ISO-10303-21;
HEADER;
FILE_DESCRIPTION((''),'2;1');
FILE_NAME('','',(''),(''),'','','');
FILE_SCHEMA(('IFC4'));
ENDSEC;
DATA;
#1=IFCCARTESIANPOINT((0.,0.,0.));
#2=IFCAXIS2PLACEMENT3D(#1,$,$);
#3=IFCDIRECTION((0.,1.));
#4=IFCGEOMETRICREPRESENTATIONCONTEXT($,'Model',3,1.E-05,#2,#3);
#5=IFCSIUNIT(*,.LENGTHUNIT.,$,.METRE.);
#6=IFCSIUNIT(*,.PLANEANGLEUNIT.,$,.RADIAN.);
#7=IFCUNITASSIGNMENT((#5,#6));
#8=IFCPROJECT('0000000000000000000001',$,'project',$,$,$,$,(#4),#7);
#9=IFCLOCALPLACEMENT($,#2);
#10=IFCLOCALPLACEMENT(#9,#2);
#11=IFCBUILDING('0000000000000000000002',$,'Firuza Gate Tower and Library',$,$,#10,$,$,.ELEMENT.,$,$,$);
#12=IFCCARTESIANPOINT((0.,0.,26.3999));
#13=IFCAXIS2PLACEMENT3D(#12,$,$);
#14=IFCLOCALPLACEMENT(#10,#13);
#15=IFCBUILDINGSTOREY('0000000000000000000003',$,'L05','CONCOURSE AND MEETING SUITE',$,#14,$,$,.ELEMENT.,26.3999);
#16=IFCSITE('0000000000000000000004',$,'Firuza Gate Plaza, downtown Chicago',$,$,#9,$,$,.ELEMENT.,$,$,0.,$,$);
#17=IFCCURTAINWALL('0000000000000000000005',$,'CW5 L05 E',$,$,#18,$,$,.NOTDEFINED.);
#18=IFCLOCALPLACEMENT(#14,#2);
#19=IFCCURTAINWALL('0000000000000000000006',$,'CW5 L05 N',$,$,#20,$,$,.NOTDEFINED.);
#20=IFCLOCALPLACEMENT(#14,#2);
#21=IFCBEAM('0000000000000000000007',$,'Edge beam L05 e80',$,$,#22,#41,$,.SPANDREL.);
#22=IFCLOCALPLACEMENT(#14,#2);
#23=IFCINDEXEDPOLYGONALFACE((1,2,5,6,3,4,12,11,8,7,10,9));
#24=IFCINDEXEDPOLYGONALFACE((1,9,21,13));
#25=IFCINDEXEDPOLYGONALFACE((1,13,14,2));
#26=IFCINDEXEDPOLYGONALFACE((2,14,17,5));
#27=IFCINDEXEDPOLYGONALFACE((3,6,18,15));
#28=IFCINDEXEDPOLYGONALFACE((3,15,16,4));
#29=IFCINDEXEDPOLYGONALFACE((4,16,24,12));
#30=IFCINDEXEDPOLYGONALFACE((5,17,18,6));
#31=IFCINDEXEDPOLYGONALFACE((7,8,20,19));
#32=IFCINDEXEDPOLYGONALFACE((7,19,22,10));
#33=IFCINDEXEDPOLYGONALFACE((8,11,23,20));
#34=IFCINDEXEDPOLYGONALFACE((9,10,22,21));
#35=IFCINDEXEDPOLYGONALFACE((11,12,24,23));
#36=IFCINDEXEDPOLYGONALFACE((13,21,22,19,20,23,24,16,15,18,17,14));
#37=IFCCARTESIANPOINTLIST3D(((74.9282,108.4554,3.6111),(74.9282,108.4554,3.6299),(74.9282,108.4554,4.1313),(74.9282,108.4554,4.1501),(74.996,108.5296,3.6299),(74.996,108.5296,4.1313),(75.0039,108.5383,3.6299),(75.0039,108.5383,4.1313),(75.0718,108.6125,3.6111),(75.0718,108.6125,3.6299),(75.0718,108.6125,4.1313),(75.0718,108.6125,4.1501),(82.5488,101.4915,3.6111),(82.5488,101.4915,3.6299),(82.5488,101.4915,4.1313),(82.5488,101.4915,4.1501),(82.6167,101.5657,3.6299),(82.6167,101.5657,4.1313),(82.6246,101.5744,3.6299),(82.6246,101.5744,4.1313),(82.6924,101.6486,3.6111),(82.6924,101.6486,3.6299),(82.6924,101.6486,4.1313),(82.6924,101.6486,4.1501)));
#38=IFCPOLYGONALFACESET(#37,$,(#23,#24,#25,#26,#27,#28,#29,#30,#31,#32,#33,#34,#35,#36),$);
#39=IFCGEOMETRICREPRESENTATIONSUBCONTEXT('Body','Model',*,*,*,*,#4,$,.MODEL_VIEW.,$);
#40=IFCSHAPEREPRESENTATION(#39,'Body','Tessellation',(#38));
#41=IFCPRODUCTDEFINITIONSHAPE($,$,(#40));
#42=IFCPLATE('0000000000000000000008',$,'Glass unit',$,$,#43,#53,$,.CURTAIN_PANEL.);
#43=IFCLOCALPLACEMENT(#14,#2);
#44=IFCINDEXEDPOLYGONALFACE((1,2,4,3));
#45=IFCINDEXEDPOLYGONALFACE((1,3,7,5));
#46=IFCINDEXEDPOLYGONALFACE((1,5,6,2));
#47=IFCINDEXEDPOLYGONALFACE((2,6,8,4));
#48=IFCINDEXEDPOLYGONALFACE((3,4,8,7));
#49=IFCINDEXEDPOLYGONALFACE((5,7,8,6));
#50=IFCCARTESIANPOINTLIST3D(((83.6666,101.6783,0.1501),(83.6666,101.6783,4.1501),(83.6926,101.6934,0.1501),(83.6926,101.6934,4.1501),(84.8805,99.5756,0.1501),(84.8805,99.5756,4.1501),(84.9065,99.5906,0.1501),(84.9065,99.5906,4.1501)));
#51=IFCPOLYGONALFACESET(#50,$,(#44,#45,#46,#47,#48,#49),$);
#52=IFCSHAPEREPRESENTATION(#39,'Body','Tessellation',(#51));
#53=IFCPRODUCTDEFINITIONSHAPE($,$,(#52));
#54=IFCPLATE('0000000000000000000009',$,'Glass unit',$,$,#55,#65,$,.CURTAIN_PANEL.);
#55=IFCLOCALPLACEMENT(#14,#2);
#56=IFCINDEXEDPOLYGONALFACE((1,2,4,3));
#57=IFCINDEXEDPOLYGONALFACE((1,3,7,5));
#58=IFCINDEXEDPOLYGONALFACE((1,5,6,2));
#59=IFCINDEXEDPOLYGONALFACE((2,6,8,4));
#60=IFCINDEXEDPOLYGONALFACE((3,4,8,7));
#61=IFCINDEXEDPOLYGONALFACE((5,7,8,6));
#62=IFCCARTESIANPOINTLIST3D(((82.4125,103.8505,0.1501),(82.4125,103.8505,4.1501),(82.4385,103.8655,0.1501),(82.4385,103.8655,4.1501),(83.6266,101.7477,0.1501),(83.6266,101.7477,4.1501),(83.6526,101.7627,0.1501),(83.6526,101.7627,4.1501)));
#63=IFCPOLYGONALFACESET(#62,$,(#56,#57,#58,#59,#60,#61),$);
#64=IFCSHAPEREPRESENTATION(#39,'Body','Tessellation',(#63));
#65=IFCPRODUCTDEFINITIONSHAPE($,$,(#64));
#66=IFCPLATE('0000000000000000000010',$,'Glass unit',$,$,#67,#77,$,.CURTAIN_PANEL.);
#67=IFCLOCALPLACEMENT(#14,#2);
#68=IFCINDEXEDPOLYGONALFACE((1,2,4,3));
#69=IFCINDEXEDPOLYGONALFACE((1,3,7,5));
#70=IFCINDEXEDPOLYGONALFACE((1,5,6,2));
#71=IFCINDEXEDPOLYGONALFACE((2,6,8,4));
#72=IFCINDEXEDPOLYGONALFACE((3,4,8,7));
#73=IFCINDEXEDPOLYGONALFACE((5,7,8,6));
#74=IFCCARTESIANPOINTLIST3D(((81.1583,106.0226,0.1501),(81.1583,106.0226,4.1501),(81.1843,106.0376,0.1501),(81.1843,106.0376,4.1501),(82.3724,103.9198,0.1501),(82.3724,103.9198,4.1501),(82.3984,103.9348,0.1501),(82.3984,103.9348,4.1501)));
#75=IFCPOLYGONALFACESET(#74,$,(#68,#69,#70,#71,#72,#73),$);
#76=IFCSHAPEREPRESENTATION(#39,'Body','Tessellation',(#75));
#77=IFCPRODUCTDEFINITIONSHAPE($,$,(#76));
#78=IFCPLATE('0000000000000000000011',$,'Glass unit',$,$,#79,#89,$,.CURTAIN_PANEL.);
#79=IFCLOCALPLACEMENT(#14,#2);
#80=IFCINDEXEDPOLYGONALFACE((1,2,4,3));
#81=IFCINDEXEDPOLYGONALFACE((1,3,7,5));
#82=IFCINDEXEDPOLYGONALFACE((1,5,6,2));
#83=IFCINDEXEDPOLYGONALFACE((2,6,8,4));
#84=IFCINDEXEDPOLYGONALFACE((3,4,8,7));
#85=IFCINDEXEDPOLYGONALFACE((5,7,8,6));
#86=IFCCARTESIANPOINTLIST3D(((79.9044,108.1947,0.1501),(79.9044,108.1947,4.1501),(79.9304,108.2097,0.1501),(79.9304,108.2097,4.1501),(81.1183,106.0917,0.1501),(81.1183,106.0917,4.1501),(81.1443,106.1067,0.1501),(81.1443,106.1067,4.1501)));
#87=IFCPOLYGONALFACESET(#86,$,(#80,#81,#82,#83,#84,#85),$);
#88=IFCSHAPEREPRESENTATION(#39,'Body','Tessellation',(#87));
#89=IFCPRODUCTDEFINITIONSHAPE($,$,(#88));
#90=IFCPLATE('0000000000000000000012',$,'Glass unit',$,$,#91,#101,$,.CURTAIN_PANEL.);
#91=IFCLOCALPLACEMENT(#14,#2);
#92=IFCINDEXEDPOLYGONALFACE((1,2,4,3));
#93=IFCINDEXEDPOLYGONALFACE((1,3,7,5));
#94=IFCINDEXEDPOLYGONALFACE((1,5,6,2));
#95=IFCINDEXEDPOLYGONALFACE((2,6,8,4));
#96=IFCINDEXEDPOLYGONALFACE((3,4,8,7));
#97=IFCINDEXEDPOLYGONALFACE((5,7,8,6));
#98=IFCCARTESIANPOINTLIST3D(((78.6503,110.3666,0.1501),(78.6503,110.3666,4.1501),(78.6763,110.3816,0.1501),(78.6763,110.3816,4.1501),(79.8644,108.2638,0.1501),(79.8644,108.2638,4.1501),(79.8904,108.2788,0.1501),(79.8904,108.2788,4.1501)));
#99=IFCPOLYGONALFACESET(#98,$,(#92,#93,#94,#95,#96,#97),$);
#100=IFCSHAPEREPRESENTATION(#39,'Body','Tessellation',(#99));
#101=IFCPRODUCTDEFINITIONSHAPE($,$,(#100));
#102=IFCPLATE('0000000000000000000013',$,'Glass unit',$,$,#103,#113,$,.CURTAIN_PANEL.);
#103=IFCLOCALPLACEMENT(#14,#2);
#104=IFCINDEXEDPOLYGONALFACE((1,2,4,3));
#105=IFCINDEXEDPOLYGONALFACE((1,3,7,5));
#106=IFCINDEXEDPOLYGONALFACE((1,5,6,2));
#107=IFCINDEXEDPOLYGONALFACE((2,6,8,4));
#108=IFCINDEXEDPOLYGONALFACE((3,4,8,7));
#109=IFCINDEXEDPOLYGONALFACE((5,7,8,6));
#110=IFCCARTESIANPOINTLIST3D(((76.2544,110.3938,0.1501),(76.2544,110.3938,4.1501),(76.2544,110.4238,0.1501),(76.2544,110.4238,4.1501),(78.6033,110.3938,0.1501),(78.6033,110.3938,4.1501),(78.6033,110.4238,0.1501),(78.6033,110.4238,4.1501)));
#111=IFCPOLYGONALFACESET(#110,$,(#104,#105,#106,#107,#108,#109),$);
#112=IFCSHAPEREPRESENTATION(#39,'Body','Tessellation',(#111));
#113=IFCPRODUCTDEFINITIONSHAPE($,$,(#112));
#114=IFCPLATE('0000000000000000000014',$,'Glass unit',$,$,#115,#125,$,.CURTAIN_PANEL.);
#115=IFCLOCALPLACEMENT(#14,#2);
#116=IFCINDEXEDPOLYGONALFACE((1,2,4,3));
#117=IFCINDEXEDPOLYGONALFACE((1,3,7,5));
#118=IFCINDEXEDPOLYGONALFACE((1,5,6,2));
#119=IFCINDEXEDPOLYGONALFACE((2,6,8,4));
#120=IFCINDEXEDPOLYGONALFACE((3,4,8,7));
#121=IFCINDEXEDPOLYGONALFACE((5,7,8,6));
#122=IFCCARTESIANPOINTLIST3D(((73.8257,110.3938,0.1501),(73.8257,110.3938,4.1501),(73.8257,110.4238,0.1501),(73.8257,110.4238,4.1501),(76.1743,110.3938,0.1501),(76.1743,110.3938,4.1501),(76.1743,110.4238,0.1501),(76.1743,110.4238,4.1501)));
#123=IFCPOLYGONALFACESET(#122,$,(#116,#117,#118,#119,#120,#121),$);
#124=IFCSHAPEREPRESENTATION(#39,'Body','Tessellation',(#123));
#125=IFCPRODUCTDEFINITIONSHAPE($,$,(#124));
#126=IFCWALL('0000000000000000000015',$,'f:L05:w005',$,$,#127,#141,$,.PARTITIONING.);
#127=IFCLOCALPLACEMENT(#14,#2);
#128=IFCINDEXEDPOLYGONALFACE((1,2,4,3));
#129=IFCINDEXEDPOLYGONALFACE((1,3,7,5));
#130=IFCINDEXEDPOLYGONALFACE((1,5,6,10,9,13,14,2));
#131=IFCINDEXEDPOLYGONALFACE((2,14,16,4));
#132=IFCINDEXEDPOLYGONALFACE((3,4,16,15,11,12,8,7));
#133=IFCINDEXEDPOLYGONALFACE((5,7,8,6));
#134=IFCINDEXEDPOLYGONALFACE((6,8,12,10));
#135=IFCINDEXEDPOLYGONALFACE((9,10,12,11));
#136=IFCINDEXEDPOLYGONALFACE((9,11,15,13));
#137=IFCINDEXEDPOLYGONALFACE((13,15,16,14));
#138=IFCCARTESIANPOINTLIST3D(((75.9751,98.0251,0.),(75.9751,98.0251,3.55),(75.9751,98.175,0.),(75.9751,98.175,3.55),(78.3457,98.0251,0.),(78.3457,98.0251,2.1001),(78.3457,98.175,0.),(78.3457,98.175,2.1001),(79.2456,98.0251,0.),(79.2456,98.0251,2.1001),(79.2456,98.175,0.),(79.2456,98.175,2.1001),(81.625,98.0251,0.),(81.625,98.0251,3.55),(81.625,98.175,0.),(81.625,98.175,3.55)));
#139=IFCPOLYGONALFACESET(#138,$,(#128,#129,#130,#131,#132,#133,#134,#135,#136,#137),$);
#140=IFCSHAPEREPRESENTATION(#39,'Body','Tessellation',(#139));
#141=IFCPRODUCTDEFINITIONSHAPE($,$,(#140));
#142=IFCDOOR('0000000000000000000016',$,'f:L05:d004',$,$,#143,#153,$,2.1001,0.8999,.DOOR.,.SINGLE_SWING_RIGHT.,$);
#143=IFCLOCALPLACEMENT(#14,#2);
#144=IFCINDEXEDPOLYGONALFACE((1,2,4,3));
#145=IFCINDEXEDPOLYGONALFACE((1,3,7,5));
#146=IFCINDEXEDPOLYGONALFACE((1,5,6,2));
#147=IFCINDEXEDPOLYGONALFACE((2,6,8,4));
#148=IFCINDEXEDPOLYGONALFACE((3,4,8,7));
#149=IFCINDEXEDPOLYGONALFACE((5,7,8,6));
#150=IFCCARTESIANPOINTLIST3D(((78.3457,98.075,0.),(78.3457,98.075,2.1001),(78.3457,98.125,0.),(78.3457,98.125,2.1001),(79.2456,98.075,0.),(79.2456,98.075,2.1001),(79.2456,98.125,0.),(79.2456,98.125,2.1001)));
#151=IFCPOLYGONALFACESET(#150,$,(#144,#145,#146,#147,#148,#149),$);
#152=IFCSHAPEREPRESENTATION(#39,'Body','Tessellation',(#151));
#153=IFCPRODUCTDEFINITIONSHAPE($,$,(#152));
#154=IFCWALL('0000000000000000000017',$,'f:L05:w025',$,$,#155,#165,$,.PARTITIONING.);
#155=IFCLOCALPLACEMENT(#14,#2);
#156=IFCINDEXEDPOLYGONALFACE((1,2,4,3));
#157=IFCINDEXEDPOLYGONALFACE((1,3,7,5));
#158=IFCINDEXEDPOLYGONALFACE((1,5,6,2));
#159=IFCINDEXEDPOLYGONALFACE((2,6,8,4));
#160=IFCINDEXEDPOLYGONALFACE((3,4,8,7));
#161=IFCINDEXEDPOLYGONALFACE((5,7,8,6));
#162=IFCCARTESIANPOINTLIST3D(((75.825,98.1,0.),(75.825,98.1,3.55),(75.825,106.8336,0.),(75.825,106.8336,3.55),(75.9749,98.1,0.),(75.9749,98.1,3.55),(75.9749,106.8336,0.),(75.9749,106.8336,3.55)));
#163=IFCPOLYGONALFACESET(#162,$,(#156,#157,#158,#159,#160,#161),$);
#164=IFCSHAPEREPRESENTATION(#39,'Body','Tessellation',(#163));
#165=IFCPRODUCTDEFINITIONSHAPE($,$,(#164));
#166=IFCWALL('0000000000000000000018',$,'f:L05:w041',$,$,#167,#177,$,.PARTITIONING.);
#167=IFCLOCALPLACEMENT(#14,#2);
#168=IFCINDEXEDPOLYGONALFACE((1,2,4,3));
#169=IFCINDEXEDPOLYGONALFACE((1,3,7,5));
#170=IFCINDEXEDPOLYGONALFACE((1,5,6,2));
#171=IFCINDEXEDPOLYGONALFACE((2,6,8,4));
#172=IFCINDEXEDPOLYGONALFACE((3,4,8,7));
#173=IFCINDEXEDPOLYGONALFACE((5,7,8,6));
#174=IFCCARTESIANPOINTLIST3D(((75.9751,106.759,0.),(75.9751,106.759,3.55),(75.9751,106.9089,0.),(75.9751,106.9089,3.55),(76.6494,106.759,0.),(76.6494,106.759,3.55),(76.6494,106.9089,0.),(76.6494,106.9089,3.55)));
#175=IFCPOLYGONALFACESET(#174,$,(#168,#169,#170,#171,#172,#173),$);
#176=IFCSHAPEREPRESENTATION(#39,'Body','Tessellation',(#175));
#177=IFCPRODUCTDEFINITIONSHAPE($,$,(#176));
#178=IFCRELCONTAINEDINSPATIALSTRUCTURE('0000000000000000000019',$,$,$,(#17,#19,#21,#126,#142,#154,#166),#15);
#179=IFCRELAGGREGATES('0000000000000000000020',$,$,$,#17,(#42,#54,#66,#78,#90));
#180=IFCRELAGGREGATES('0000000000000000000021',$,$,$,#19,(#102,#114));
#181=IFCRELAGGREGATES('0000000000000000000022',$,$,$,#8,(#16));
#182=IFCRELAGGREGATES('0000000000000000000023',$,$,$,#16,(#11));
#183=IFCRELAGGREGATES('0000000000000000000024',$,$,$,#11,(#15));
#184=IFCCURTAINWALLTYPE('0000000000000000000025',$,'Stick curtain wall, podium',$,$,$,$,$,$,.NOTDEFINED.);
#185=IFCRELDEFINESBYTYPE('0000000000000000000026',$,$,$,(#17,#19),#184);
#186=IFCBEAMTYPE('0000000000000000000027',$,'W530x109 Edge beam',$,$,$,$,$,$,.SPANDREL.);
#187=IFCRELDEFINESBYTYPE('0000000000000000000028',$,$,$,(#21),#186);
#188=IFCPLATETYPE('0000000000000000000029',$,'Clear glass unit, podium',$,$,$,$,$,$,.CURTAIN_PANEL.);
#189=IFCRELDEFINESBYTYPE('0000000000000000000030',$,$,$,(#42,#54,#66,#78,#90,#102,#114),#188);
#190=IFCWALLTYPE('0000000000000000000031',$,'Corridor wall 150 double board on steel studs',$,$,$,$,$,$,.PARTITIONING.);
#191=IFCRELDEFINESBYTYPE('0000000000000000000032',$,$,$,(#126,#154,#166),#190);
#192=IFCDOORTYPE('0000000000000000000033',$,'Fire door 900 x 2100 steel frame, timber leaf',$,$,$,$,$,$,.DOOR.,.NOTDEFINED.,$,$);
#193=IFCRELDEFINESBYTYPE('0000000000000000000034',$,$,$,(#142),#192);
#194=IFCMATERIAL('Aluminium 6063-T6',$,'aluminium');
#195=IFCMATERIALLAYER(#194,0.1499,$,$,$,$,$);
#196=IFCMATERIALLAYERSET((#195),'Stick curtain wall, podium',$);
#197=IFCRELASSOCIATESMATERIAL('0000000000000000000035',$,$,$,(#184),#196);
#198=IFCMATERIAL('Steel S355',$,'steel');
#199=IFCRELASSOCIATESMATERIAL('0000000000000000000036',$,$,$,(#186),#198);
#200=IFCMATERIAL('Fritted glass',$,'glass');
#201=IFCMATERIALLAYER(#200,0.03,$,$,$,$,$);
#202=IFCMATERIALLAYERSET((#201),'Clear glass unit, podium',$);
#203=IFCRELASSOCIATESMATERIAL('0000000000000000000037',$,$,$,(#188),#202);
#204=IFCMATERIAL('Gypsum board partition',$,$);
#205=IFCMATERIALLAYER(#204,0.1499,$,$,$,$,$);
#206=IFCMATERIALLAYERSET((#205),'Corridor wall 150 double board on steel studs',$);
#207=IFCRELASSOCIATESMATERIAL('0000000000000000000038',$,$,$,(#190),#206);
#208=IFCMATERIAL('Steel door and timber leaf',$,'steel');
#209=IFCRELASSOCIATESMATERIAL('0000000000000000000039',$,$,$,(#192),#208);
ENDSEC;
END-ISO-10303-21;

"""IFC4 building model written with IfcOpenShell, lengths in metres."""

from ifc_helpers import new_model, si_unit, direction, frame, frame_2d, origin, origin_2d, place, context, subcontext, project, spatial, polyline, rectangle, i_section, outline, extrude, material, layer, layer_set, material_profile, profile_set, type_object, element, fill, aggregate, save


model = new_model("IFC4")

# Units and contexts
model_context = context("Model", 3, precision=1e-05, world=origin(), true_north=direction((0.0, 1.0)))
body_context = subcontext(model_context, "Body", "Model", "MODEL_VIEW")
ifc_project = project(units=[si_unit("LENGTHUNIT", "METRE"), si_unit("PLANEANGLEUNIT", "RADIAN")], contexts=[model_context])

# Site, building, storey
site_placement = place(None, origin())
site = spatial("IfcSite", under=ifc_project, at=site_placement, Name="Firuza Gate Plaza, downtown Chicago", CompositionType="ELEMENT", RefElevation=0.0)
building_placement = place(site_placement, origin())
building = spatial("IfcBuilding", under=site, at=building_placement, Name="Firuza Gate Tower and Library", CompositionType="ELEMENT")
storey_placement = place(building_placement, frame((0.0, 0.0, 26.3999)))
storey = spatial("IfcBuildingStorey", under=building, at=storey_placement, Name="L05", Description="CONCOURSE AND MEETING SUITE", CompositionType="ELEMENT", Elevation=26.3999)

# Curtain walls
ifc_material_1 = material(Name="Aluminium 6063-T6", Category="aluminium")
ifc_layer_1 = layer(ifc_material_1, 0.1499)
ifc_layer_set_1 = layer_set([ifc_layer_1], Name="Stick curtain wall, podium")
curtain_wall_type = type_object("IfcCurtainWallType", Name="Stick curtain wall, podium", PredefinedType="NOTDEFINED", material=ifc_layer_set_1)
placement = place(storey_placement, origin())
curtain_wall_1 = element("IfcCurtainWall", 1, at=placement, inside=storey, type_object=curtain_wall_type, Name="CW5 L05 E", PredefinedType="NOTDEFINED")
curtain_wall_2 = element("IfcCurtainWall", 2, at=placement, inside=storey, type_object=curtain_wall_type, Name="CW5 L05 N", PredefinedType="NOTDEFINED")

# Beam
ifc_material_2 = material(Name="Steel S355", Category="steel")
ifc_material_profile_1 = material_profile(ifc_material_2, i_section(OverallWidth=0.2129, OverallDepth=0.5391, WebThickness=0.0117, FlangeThickness=0.0188, at=origin_2d()))
ifc_profile_set_1 = profile_set([ifc_material_profile_1], Name="Steel S355")
beam_type_1 = type_object("IfcBeamType", Name="W530x109 Edge beam", PredefinedType="SPANDREL", material=ifc_profile_set_1)
beam_1_placement = place(storey_placement, frame((82.6206, 101.5701, 3.8806), z_axis=(-0.7382, 0.674582, 0.0), x_axis=(-0.674582, -0.7382, 0.0)))
element("IfcBeam", 3, at=beam_1_placement, inside=storey, type_object=beam_type_1, Name="Edge beam L05 e80", PredefinedType="SPANDREL", context=body_context, shape_type="SweptSolid", body=[
    extrude(i_section(OverallWidth=0.2129, OverallDepth=0.5391, WebThickness=0.0117, FlangeThickness=0.0188, at=origin_2d()), origin(), (0.0, 0.0, 1.0), 10.3232),
])

# Plates
ifc_material_3 = material(Name="Fritted glass", Category="glass")
ifc_layer_2 = layer(ifc_material_3, 0.03)
ifc_layer_set_2 = layer_set([ifc_layer_2], Name="Clear glass unit, podium")
plate_type = type_object("IfcPlateType", Name="Clear glass unit, podium", PredefinedType="CURTAIN_PANEL", material=ifc_layer_set_2)
plate_1_placement = place(storey_placement, frame((84.9065, 99.5906, 0.1501), z_axis=(0.866057, 0.499946, 0.0), x_axis=(-0.499946, 0.866057, 0.0)))
plate_1 = element("IfcPlate", 4, at=plate_1_placement, type_object=plate_type, Name="Glass unit", PredefinedType="CURTAIN_PANEL", context=body_context, shape_type="SweptSolid", body=[
    extrude(outline(polyline([(0.0, 0.0), (2.428, 0.0), (2.428, 4.0), (0.0, 4.0), (0.0, 0.0)])), origin(), (0.0, 0.0, -1.0), 0.03),
])
plate_2_placement = place(storey_placement, frame((83.6526, 101.7627, 0.1501), z_axis=(0.866013, 0.500021, 0.0), x_axis=(-0.500021, 0.866013, 0.0)))
plate_2 = element("IfcPlate", 5, at=plate_2_placement, type_object=plate_type, Name="Glass unit", PredefinedType="CURTAIN_PANEL", context=body_context, shape_type="SweptSolid", body=[
    extrude(outline(polyline([(0.0, 0.0), (2.4281, 0.0), (2.4281, 4.0), (0.0, 4.0), (0.0, 0.0)])), origin(), (0.0, 0.0, -1.0), 0.03),
])
plate_3_placement = place(storey_placement, frame((82.3984, 103.9348, 0.1501), z_axis=(0.866013, 0.500021, 0.0), x_axis=(-0.500021, 0.866013, 0.0)))
plate_3 = element("IfcPlate", 6, at=plate_3_placement, type_object=plate_type, Name="Glass unit", PredefinedType="CURTAIN_PANEL", context=body_context, shape_type="SweptSolid", body=[
    extrude(outline(polyline([(0.0, 0.0), (2.4281, 0.0), (2.4281, 4.0), (0.0, 4.0), (0.0, 0.0)])), origin(), (0.0, 0.0, -1.0), 0.03),
])
plate_4_placement = place(storey_placement, frame((81.1443, 106.1067, 0.1501), z_axis=(0.866082, 0.499902, 0.0), x_axis=(-0.499902, 0.866082, 0.0)))
plate_4 = element("IfcPlate", 7, at=plate_4_placement, type_object=plate_type, Name="Glass unit", PredefinedType="CURTAIN_PANEL", context=body_context, shape_type="SweptSolid", body=[
    extrude(outline(polyline([(0.0, 0.0), (2.4282, 0.0), (2.4282, 4.0), (0.0, 4.0), (0.0, 0.0)])), origin(), (0.0, 0.0, -1.0), 0.03),
])
plate_5_placement = place(storey_placement, frame((79.8904, 108.2788, 0.1501), z_axis=(0.866013, 0.500021, 0.0), x_axis=(-0.500021, 0.866013, 0.0)))
plate_5 = element("IfcPlate", 8, at=plate_5_placement, type_object=plate_type, Name="Glass unit", PredefinedType="CURTAIN_PANEL", context=body_context, shape_type="SweptSolid", body=[
    extrude(outline(polyline([(0.0, 0.0), (2.4281, 0.0), (2.4281, 4.0), (0.0, 4.0), (0.0, 0.0)])), origin(), (0.0, 0.0, -1.0), 0.03),
])
aggregate(curtain_wall_1, [plate_1, plate_2, plate_3, plate_4, plate_5])
plate_6_placement = place(storey_placement, frame((78.6033, 110.4238, 0.1501), z_axis=(0.0, 1.0, 0.0), x_axis=(-1.0, 0.0, 0.0)))
plate_6 = element("IfcPlate", 9, at=plate_6_placement, type_object=plate_type, Name="Glass unit", PredefinedType="CURTAIN_PANEL", context=body_context, shape_type="SweptSolid", body=[
    extrude(outline(polyline([(0.0, 0.0), (2.3489, 0.0), (2.3489, 4.0), (0.0, 4.0), (0.0, 0.0)])), origin(), (0.0, 0.0, -1.0), 0.03),
])
plate_7_placement = place(storey_placement, frame((76.1743, 110.4238, 0.1501), z_axis=(0.0, 1.0, 0.0), x_axis=(-1.0, 0.0, 0.0)))
plate_7 = element("IfcPlate", 10, at=plate_7_placement, type_object=plate_type, Name="Glass unit", PredefinedType="CURTAIN_PANEL", context=body_context, shape_type="SweptSolid", body=[
    extrude(outline(polyline([(0.0, 0.0), (2.3486, 0.0), (2.3486, 4.0), (0.0, 4.0), (0.0, 0.0)])), origin(), (0.0, 0.0, -1.0), 0.03),
])
aggregate(curtain_wall_2, [plate_6, plate_7])

# Wall, opening, door
ifc_material_4 = material(Name="Gypsum board partition")
ifc_layer_3 = layer(ifc_material_4, 0.1499)
ifc_layer_set_3 = layer_set([ifc_layer_3], Name="Corridor wall 150 double board on steel studs")
wall_type_1 = type_object("IfcWallType", Name="Corridor wall 150 double board on steel studs", PredefinedType="PARTITIONING", material=ifc_layer_set_3)
wall_1_placement = place(storey_placement, frame((75.9751, 98.1001, 0.0), z_axis=(0.0, 0.0, 1.0), x_axis=(1.0, 0.0, 0.0)))
wall_1 = element("IfcWall", 11, at=wall_1_placement, inside=storey, type_object=wall_type_1, Name="f:L05:w005", PredefinedType="PARTITIONING", context=body_context, shape_type="SweptSolid", body=[
    extrude(rectangle(XDim=5.6499, YDim=0.1499, at=frame_2d((2.825, 0.0))), origin(), (0.0, 0.0, 1.0), 3.55),
])
opening_1_placement = place(wall_1_placement, frame((2.3706, 0.0, 0.0)))
opening_1 = element("IfcOpeningElement", 12, at=opening_1_placement, cuts=wall_1, PredefinedType="OPENING", context=body_context, shape_type="SweptSolid", body=[
    extrude(rectangle(XDim=0.8999, YDim=2.1001, at=frame_2d((0.45, 1.05))), frame((0.0, 0.085, 0.0), z_axis=(0.0, -1.0, 0.0), x_axis=(1.0, 0.0, 0.0)), (0.0, 0.0, 1.0), 0.1699),
])
ifc_material_5 = material(Name="Steel door and timber leaf", Category="steel")
door_type_1 = type_object("IfcDoorType", Name="Fire door 900 x 2100 steel frame, timber leaf", OperationType="NOTDEFINED", PredefinedType="DOOR", material=ifc_material_5)
door_1_placement = place(opening_1_placement, origin())
door_1 = element("IfcDoor", 13, at=door_1_placement, inside=storey, type_object=door_type_1, Name="f:L05:d004", OperationType="SINGLE_SWING_RIGHT", OverallHeight=2.1001, OverallWidth=0.8999, PredefinedType="DOOR", context=body_context, shape_type="SweptSolid", body=[
    extrude(rectangle(XDim=0.8999, YDim=2.1001, at=frame_2d((0.45, 1.05))), frame((0.0, 0.0249, 0.0), z_axis=(0.0, -1.0, 0.0), x_axis=(1.0, 0.0, 0.0)), (0.0, 0.0, 1.0), 0.05),
])
fill(opening_1, door_1)

# Walls
wall_2_placement = place(storey_placement, frame((75.8999, 98.1001, 0.0), z_axis=(0.0, 0.0, 1.0), x_axis=(0.0, 1.0, 0.0)))
element("IfcWall", 14, at=wall_2_placement, inside=storey, type_object=wall_type_1, Name="f:L05:w025", PredefinedType="PARTITIONING", context=body_context, shape_type="SweptSolid", body=[
    extrude(rectangle(XDim=8.7336, YDim=0.1499, at=frame_2d((4.3667, 0.0))), origin(), (0.0, 0.0, 1.0), 3.55),
])
wall_3_placement = place(storey_placement, frame((75.9751, 106.834, 0.0), z_axis=(0.0, 0.0, 1.0), x_axis=(1.0, 0.0, 0.0)))
element("IfcWall", 15, at=wall_3_placement, inside=storey, type_object=wall_type_1, Name="f:L05:w041", PredefinedType="PARTITIONING", context=body_context, shape_type="SweptSolid", body=[
    extrude(rectangle(XDim=0.6743, YDim=0.1499, at=frame_2d((0.3372, 0.0))), origin(), (0.0, 0.0, 1.0), 3.55),
])

save(model, "model.ifc")
